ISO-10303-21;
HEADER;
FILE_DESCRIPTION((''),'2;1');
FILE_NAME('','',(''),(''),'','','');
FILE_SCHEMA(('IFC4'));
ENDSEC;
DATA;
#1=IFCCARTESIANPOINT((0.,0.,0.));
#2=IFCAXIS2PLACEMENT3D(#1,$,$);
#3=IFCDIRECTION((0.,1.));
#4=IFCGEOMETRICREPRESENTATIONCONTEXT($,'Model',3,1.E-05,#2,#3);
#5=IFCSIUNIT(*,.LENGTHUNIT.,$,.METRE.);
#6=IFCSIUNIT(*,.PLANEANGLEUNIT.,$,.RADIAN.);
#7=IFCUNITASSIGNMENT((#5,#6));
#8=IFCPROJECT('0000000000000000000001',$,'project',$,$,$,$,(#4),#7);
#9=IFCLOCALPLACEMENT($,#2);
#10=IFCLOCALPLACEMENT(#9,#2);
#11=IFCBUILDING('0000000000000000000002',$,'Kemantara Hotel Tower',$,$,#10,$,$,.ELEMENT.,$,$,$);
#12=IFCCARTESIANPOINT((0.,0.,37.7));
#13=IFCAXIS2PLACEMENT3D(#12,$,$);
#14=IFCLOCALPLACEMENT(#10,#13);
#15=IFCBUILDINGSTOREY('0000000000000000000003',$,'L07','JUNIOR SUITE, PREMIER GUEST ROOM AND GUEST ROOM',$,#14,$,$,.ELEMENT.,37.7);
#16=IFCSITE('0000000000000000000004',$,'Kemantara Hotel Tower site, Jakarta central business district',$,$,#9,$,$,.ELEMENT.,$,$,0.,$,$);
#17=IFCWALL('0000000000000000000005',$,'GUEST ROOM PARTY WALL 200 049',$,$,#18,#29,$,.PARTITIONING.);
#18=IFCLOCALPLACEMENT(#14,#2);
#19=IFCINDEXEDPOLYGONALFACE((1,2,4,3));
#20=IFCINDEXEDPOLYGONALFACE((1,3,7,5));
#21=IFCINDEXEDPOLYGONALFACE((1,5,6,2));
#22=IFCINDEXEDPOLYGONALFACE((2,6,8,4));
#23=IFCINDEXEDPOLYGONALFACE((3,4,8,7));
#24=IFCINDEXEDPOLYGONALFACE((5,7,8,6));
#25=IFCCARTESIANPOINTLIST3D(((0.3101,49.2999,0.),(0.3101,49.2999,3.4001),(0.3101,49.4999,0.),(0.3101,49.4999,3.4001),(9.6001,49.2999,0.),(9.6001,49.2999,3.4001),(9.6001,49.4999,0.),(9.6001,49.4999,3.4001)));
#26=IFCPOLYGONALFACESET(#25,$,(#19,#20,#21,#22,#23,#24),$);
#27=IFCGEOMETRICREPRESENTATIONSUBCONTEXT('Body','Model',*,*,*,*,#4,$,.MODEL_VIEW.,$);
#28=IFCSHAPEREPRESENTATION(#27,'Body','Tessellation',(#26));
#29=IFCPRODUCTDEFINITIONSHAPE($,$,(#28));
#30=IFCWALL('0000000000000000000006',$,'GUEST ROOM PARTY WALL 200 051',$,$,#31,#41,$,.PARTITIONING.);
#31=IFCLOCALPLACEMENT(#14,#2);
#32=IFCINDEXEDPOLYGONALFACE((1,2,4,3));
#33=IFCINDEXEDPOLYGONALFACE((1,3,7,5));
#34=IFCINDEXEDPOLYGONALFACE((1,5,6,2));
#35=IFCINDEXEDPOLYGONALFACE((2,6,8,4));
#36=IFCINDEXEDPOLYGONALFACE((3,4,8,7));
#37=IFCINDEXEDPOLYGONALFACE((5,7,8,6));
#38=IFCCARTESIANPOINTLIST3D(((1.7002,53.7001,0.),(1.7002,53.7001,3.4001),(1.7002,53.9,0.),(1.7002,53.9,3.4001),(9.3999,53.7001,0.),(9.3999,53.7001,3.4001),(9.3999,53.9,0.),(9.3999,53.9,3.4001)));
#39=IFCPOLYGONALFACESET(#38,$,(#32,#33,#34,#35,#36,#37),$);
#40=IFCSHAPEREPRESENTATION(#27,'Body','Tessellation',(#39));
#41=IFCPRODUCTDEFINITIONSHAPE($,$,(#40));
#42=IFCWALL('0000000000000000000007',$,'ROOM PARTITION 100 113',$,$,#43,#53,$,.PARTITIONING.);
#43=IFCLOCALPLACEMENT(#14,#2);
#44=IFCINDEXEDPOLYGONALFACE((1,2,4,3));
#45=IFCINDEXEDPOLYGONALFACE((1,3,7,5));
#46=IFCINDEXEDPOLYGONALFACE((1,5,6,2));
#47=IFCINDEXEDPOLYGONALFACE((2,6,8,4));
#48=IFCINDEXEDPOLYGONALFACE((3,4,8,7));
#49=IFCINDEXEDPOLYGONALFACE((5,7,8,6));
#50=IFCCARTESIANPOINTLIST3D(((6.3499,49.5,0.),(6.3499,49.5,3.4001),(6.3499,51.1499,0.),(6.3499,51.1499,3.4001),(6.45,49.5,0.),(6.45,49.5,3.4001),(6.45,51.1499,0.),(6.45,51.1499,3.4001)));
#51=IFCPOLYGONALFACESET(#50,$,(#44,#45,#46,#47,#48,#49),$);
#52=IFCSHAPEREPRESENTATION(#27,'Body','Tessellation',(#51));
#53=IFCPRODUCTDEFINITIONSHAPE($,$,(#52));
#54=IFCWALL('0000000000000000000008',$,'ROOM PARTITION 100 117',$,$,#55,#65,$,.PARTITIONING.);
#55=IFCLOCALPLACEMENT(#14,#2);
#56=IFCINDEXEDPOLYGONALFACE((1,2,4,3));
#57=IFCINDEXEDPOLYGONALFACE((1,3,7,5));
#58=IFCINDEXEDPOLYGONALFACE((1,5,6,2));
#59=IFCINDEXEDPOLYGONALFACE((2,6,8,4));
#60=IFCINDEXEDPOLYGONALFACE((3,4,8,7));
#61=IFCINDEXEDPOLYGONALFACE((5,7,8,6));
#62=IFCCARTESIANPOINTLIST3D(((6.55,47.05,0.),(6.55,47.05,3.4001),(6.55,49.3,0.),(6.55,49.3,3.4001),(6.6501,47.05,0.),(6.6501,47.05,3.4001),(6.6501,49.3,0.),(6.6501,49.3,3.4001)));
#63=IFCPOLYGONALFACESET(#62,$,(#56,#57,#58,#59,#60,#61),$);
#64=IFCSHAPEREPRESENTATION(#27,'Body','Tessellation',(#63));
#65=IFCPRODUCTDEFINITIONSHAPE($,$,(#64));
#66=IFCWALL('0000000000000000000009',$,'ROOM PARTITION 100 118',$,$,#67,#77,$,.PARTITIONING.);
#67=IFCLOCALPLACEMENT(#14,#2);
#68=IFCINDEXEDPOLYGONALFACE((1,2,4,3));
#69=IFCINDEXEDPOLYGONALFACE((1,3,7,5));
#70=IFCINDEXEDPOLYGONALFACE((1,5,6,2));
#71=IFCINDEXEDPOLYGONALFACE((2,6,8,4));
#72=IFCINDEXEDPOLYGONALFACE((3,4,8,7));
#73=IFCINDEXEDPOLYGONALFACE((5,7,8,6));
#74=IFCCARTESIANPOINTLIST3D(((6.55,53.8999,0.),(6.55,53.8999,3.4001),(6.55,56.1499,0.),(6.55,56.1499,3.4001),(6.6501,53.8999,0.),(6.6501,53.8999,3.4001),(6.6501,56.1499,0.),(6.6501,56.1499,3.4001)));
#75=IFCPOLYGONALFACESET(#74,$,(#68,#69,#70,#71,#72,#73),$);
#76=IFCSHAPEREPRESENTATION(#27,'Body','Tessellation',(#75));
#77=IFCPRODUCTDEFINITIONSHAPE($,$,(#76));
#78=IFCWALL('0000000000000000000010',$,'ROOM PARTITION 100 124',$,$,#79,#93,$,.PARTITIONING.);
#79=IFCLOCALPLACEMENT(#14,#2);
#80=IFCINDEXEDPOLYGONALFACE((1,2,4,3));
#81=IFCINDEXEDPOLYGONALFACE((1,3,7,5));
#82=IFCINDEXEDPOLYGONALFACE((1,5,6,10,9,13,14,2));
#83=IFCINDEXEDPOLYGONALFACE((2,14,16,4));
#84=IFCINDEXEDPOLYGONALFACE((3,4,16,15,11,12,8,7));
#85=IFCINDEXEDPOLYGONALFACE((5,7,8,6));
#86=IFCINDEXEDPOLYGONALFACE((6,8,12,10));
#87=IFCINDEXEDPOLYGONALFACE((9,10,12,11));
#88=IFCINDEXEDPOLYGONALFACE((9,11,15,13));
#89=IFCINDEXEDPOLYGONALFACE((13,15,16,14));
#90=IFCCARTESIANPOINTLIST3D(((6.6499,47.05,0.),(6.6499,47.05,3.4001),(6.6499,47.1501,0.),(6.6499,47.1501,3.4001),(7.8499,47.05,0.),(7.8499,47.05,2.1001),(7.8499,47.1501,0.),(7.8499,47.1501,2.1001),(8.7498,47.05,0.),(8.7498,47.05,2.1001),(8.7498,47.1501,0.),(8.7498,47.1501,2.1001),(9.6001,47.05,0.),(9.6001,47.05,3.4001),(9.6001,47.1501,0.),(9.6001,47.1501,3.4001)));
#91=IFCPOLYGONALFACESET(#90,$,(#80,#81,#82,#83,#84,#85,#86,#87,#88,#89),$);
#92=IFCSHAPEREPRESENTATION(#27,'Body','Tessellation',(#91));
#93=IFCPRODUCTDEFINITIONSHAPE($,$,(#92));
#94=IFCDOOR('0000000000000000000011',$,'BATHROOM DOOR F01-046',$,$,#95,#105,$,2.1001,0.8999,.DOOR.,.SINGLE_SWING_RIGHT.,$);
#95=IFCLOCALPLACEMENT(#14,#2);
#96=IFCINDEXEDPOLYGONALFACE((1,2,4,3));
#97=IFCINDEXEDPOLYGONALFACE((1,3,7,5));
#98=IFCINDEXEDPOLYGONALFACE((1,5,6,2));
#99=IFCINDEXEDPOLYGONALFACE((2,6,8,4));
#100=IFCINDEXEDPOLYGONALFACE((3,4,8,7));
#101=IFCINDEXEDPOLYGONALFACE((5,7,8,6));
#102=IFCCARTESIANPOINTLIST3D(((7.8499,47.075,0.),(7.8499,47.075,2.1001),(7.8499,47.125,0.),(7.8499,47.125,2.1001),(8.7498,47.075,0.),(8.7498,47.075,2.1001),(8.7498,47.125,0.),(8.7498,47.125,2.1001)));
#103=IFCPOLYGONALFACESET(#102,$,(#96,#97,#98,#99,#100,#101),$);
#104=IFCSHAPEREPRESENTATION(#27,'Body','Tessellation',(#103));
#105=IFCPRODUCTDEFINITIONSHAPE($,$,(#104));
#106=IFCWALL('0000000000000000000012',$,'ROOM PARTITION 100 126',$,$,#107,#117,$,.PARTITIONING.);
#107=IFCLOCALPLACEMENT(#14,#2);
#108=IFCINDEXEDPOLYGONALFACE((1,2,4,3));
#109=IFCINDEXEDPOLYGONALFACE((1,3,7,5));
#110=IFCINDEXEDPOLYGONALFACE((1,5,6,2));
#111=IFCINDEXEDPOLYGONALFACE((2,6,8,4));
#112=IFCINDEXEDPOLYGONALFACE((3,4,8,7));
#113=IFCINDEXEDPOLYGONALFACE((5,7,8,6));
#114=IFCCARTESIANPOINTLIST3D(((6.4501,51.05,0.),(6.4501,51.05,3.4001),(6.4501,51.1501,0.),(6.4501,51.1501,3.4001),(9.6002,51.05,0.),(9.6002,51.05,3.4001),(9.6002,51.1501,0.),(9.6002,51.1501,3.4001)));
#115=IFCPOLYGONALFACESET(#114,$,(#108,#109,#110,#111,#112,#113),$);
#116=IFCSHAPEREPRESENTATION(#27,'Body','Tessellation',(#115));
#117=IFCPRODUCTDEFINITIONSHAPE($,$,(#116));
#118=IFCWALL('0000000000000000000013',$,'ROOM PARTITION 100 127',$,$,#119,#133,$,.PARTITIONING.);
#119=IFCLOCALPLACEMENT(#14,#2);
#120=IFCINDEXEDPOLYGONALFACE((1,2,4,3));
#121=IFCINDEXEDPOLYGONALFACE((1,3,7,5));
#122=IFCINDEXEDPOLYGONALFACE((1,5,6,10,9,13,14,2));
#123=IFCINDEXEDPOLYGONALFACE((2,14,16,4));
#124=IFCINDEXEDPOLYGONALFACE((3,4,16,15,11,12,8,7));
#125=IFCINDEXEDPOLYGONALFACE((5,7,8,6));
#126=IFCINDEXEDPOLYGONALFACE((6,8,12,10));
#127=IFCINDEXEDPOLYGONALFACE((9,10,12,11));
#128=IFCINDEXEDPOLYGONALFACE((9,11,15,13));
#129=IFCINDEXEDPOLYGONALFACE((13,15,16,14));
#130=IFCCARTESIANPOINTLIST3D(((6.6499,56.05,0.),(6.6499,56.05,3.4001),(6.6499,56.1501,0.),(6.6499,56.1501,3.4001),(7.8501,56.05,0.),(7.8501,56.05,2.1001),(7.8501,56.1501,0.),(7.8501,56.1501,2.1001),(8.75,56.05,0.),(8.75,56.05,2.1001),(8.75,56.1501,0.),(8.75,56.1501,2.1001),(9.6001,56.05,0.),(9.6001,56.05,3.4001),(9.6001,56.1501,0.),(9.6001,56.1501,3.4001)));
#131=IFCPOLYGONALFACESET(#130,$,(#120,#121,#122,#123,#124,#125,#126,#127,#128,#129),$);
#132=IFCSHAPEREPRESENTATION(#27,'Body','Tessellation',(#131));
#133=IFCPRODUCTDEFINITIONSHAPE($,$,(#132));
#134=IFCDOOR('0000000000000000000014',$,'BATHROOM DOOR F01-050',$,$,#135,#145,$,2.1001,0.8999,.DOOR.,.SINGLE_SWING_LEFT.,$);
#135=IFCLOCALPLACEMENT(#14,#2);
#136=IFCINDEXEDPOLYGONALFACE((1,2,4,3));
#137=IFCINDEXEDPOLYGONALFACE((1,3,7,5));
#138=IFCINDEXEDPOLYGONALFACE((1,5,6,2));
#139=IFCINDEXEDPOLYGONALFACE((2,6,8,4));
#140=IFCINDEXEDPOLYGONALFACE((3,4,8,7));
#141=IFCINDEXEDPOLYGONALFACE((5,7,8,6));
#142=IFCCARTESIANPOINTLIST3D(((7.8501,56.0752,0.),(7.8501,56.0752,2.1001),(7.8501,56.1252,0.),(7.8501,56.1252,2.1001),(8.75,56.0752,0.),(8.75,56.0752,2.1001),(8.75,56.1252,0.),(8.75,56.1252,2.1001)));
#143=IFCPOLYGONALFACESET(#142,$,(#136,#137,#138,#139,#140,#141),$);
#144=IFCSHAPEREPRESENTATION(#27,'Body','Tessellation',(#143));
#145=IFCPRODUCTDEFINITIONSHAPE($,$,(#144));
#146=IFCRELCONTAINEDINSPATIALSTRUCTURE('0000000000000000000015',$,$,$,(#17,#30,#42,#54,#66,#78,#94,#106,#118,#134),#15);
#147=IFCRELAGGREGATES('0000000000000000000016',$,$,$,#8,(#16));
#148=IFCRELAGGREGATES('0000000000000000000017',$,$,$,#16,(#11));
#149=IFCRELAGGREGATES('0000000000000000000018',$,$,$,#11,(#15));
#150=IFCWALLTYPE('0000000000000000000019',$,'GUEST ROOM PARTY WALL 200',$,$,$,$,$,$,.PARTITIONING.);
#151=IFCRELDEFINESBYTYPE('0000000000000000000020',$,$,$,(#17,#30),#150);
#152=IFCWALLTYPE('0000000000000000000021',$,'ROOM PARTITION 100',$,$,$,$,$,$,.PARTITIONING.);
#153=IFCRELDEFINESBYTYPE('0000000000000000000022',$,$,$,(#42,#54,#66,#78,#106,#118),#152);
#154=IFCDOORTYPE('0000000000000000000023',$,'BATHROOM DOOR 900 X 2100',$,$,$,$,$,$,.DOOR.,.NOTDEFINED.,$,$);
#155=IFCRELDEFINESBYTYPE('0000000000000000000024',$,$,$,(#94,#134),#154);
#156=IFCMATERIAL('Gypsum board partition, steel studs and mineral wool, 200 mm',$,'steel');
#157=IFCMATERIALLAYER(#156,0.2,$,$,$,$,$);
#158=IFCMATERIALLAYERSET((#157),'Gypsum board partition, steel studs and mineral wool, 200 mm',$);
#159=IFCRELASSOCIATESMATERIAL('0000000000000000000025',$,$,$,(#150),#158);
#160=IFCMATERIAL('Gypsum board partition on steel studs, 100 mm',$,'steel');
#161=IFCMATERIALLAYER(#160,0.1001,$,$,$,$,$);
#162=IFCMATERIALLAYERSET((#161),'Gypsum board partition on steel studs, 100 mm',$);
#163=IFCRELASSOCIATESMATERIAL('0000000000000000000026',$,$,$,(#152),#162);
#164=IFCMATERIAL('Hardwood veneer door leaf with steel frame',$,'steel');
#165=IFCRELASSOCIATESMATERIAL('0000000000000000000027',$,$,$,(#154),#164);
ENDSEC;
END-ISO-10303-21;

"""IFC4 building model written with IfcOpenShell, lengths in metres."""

from ifc_helpers import new_model, si_unit, direction, frame, frame_2d, origin, place, context, subcontext, project, spatial, rectangle, extrude, material, layer, layer_set, type_object, element, fill, save


model = new_model("IFC4")

# Units and contexts
model_context = context("Model", 3, precision=1e-05, world=origin(), true_north=direction((0.0, 1.0)))
body_context = subcontext(model_context, "Body", "Model", "MODEL_VIEW")
ifc_project = project(units=[si_unit("LENGTHUNIT", "METRE"), si_unit("PLANEANGLEUNIT", "RADIAN")], contexts=[model_context])

# Site, building, storey
site_placement = place(None, origin())
site = spatial("IfcSite", under=ifc_project, at=site_placement, Name="Kemantara Hotel Tower site, Jakarta central business district", CompositionType="ELEMENT", RefElevation=0.0)
building_placement = place(site_placement, origin())
building = spatial("IfcBuilding", under=site, at=building_placement, Name="Kemantara Hotel Tower", CompositionType="ELEMENT")
storey_placement = place(building_placement, frame((0.0, 0.0, 37.7)))
storey = spatial("IfcBuildingStorey", under=building, at=storey_placement, Name="L07", Description="JUNIOR SUITE, PREMIER GUEST ROOM AND GUEST ROOM", CompositionType="ELEMENT", Elevation=37.7)

# Shared definitions
ifc_material_1 = material(Name="Gypsum board partition, steel studs and mineral wool, 200 mm", Category="steel")
ifc_material_2 = material(Name="Hardwood veneer door leaf with steel frame", Category="steel")

# Walls
ifc_layer_1 = layer(ifc_material_1, 0.2)
ifc_layer_set_1 = layer_set([ifc_layer_1], Name="Gypsum board partition, steel studs and mineral wool, 200 mm")
wall_type_1 = type_object("IfcWallType", Name="GUEST ROOM PARTY WALL 200", PredefinedType="PARTITIONING", material=ifc_layer_set_1)
wall_1_placement = place(storey_placement, frame((0.3101, 49.3999, 0.0), z_axis=(0.0, 0.0, 1.0), x_axis=(1.0, 0.0, 0.0)))
element("IfcWall", 1, at=wall_1_placement, inside=storey, type_object=wall_type_1, Name="GUEST ROOM PARTY WALL 200 049", PredefinedType="PARTITIONING", context=body_context, shape_type="SweptSolid", body=[
    extrude(rectangle(XDim=9.29, YDim=0.2, at=frame_2d((4.645, 0.0))), origin(), (0.0, 0.0, 1.0), 3.4001),
])
wall_2_placement = place(storey_placement, frame((1.7002, 53.8, 0.0), z_axis=(0.0, 0.0, 1.0), x_axis=(1.0, 0.0, 0.0)))
element("IfcWall", 2, at=wall_2_placement, inside=storey, type_object=wall_type_1, Name="GUEST ROOM PARTY WALL 200 051", PredefinedType="PARTITIONING", context=body_context, shape_type="SweptSolid", body=[
    extrude(rectangle(XDim=7.6997, YDim=0.2, at=frame_2d((3.8499, 0.0))), origin(), (0.0, 0.0, 1.0), 3.4001),
])
ifc_material_3 = material(Name="Gypsum board partition on steel studs, 100 mm", Category="steel")
ifc_layer_2 = layer(ifc_material_3, 0.1001)
ifc_layer_set_2 = layer_set([ifc_layer_2], Name="Gypsum board partition on steel studs, 100 mm")
wall_type_2 = type_object("IfcWallType", Name="ROOM PARTITION 100", PredefinedType="PARTITIONING", material=ifc_layer_set_2)
wall_3_placement = place(storey_placement, frame((6.3999, 49.5, 0.0), z_axis=(0.0, 0.0, 1.0), x_axis=(0.0, 1.0, 0.0)))
element("IfcWall", 3, at=wall_3_placement, inside=storey, type_object=wall_type_2, Name="ROOM PARTITION 100 113", PredefinedType="PARTITIONING", context=body_context, shape_type="SweptSolid", body=[
    extrude(rectangle(XDim=1.6499, YDim=0.1001, at=frame_2d((0.825, 0.0))), origin(), (0.0, 0.0, 1.0), 3.4001),
])
for number, where, z_axis, x_axis, name in (
    (4, (6.6001, 47.05, 0.0), (0.0, 0.0, 1.0), (0.0, 1.0, 0.0), "ROOM PARTITION 100 117"),
    (5, (6.6001, 53.8999, 0.0), (0.0, 0.0, 1.0), (0.0, 1.0, 0.0), "ROOM PARTITION 100 118"),
):
    element("IfcWall", number, at=place(storey_placement, frame(where, z_axis=z_axis, x_axis=x_axis)), inside=storey, type_object=wall_type_2, Name=name, PredefinedType="PARTITIONING", context=body_context, shape_type="SweptSolid", body=[
        extrude(rectangle(XDim=2.25, YDim=0.1001, at=frame_2d((1.125, 0.0))), origin(), (0.0, 0.0, 1.0), 3.4001),
    ])

# Wall, opening, door
wall_4_placement = place(storey_placement, frame((6.6499, 47.1001, 0.0), z_axis=(0.0, 0.0, 1.0), x_axis=(1.0, 0.0, 0.0)))
wall_4 = element("IfcWall", 6, at=wall_4_placement, inside=storey, type_object=wall_type_2, Name="ROOM PARTITION 100 124", PredefinedType="PARTITIONING", context=body_context, shape_type="SweptSolid", body=[
    extrude(rectangle(XDim=2.9502, YDim=0.1001, at=frame_2d((1.4751, 0.0))), origin(), (0.0, 0.0, 1.0), 3.4001),
])
opening_1_placement = place(wall_4_placement, frame((1.2, 0.0, 0.0)))
opening_1 = element("IfcOpeningElement", 7, at=opening_1_placement, cuts=wall_4, PredefinedType="OPENING", context=body_context, shape_type="SweptSolid", body=[
    extrude(rectangle(XDim=0.8999, YDim=2.1001, at=frame_2d((0.45, 1.05))), frame((0.0, 0.0601, 0.0), z_axis=(0.0, -1.0, 0.0), x_axis=(1.0, 0.0, 0.0)), (0.0, 0.0, 1.0), 0.1201),
])
door_type_1 = type_object("IfcDoorType", Name="BATHROOM DOOR 900 X 2100", OperationType="NOTDEFINED", PredefinedType="DOOR", material=ifc_material_2)
door_1_placement = place(opening_1_placement, origin())
door_1 = element("IfcDoor", 8, at=door_1_placement, inside=storey, type_object=door_type_1, Name="BATHROOM DOOR F01-046", OperationType="SINGLE_SWING_RIGHT", OverallHeight=2.1001, OverallWidth=0.8999, PredefinedType="DOOR", context=body_context, shape_type="SweptSolid", body=[
    extrude(rectangle(XDim=0.8999, YDim=2.1001, at=frame_2d((0.45, 1.05))), frame((0.0, 0.0249, 0.0), z_axis=(0.0, -1.0, 0.0), x_axis=(1.0, 0.0, 0.0)), (0.0, 0.0, 1.0), 0.05),
])
fill(opening_1, door_1)

# Wall
wall_5_placement = place(storey_placement, frame((6.45, 51.1001, 0.0), z_axis=(0.0, 0.0, 1.0), x_axis=(1.0, 0.0, 0.0)))
element("IfcWall", 9, at=wall_5_placement, inside=storey, type_object=wall_type_2, Name="ROOM PARTITION 100 126", PredefinedType="PARTITIONING", context=body_context, shape_type="SweptSolid", body=[
    extrude(rectangle(XDim=3.1501, YDim=0.1001, at=frame_2d((1.5752, 0.0))), origin(), (0.0, 0.0, 1.0), 3.4001),
])

# Wall, opening, door
wall_6_placement = place(storey_placement, frame((9.6001, 56.1001, 0.0), z_axis=(0.0, 0.0, 1.0), x_axis=(-1.0, 0.0, 0.0)))
wall_6 = element("IfcWall", 10, at=wall_6_placement, inside=storey, type_object=wall_type_2, Name="ROOM PARTITION 100 127", PredefinedType="PARTITIONING", context=body_context, shape_type="SweptSolid", body=[
    extrude(rectangle(XDim=2.9502, YDim=0.1001, at=frame_2d((1.4751, 0.0))), origin(), (0.0, 0.0, 1.0), 3.4001),
])
opening_2_placement = place(wall_6_placement, frame((0.8501, 0.0, 0.0)))
opening_2 = element("IfcOpeningElement", 11, at=opening_2_placement, cuts=wall_6, PredefinedType="OPENING", context=body_context, shape_type="SweptSolid", body=[
    extrude(rectangle(XDim=0.8999, YDim=2.1001, at=frame_2d((0.45, 1.05))), frame((0.0, 0.0601, 0.0), z_axis=(0.0, -1.0, 0.0), x_axis=(1.0, 0.0, 0.0)), (0.0, 0.0, 1.0), 0.1201),
])
door_2_placement = place(opening_2_placement, origin())
door_2 = element("IfcDoor", 12, at=door_2_placement, inside=storey, type_object=door_type_1, Name="BATHROOM DOOR F01-050", OperationType="SINGLE_SWING_LEFT", OverallHeight=2.1001, OverallWidth=0.8999, PredefinedType="DOOR", context=body_context, shape_type="SweptSolid", body=[
    extrude(rectangle(XDim=0.8999, YDim=2.1001, at=frame_2d((0.45, 1.05))), frame((0.0, 0.0249, 0.0), z_axis=(0.0, -1.0, 0.0), x_axis=(1.0, 0.0, 0.0)), (0.0, 0.0, 1.0), 0.05),
])
fill(opening_2, door_2)

save(model, "model.ifc")
